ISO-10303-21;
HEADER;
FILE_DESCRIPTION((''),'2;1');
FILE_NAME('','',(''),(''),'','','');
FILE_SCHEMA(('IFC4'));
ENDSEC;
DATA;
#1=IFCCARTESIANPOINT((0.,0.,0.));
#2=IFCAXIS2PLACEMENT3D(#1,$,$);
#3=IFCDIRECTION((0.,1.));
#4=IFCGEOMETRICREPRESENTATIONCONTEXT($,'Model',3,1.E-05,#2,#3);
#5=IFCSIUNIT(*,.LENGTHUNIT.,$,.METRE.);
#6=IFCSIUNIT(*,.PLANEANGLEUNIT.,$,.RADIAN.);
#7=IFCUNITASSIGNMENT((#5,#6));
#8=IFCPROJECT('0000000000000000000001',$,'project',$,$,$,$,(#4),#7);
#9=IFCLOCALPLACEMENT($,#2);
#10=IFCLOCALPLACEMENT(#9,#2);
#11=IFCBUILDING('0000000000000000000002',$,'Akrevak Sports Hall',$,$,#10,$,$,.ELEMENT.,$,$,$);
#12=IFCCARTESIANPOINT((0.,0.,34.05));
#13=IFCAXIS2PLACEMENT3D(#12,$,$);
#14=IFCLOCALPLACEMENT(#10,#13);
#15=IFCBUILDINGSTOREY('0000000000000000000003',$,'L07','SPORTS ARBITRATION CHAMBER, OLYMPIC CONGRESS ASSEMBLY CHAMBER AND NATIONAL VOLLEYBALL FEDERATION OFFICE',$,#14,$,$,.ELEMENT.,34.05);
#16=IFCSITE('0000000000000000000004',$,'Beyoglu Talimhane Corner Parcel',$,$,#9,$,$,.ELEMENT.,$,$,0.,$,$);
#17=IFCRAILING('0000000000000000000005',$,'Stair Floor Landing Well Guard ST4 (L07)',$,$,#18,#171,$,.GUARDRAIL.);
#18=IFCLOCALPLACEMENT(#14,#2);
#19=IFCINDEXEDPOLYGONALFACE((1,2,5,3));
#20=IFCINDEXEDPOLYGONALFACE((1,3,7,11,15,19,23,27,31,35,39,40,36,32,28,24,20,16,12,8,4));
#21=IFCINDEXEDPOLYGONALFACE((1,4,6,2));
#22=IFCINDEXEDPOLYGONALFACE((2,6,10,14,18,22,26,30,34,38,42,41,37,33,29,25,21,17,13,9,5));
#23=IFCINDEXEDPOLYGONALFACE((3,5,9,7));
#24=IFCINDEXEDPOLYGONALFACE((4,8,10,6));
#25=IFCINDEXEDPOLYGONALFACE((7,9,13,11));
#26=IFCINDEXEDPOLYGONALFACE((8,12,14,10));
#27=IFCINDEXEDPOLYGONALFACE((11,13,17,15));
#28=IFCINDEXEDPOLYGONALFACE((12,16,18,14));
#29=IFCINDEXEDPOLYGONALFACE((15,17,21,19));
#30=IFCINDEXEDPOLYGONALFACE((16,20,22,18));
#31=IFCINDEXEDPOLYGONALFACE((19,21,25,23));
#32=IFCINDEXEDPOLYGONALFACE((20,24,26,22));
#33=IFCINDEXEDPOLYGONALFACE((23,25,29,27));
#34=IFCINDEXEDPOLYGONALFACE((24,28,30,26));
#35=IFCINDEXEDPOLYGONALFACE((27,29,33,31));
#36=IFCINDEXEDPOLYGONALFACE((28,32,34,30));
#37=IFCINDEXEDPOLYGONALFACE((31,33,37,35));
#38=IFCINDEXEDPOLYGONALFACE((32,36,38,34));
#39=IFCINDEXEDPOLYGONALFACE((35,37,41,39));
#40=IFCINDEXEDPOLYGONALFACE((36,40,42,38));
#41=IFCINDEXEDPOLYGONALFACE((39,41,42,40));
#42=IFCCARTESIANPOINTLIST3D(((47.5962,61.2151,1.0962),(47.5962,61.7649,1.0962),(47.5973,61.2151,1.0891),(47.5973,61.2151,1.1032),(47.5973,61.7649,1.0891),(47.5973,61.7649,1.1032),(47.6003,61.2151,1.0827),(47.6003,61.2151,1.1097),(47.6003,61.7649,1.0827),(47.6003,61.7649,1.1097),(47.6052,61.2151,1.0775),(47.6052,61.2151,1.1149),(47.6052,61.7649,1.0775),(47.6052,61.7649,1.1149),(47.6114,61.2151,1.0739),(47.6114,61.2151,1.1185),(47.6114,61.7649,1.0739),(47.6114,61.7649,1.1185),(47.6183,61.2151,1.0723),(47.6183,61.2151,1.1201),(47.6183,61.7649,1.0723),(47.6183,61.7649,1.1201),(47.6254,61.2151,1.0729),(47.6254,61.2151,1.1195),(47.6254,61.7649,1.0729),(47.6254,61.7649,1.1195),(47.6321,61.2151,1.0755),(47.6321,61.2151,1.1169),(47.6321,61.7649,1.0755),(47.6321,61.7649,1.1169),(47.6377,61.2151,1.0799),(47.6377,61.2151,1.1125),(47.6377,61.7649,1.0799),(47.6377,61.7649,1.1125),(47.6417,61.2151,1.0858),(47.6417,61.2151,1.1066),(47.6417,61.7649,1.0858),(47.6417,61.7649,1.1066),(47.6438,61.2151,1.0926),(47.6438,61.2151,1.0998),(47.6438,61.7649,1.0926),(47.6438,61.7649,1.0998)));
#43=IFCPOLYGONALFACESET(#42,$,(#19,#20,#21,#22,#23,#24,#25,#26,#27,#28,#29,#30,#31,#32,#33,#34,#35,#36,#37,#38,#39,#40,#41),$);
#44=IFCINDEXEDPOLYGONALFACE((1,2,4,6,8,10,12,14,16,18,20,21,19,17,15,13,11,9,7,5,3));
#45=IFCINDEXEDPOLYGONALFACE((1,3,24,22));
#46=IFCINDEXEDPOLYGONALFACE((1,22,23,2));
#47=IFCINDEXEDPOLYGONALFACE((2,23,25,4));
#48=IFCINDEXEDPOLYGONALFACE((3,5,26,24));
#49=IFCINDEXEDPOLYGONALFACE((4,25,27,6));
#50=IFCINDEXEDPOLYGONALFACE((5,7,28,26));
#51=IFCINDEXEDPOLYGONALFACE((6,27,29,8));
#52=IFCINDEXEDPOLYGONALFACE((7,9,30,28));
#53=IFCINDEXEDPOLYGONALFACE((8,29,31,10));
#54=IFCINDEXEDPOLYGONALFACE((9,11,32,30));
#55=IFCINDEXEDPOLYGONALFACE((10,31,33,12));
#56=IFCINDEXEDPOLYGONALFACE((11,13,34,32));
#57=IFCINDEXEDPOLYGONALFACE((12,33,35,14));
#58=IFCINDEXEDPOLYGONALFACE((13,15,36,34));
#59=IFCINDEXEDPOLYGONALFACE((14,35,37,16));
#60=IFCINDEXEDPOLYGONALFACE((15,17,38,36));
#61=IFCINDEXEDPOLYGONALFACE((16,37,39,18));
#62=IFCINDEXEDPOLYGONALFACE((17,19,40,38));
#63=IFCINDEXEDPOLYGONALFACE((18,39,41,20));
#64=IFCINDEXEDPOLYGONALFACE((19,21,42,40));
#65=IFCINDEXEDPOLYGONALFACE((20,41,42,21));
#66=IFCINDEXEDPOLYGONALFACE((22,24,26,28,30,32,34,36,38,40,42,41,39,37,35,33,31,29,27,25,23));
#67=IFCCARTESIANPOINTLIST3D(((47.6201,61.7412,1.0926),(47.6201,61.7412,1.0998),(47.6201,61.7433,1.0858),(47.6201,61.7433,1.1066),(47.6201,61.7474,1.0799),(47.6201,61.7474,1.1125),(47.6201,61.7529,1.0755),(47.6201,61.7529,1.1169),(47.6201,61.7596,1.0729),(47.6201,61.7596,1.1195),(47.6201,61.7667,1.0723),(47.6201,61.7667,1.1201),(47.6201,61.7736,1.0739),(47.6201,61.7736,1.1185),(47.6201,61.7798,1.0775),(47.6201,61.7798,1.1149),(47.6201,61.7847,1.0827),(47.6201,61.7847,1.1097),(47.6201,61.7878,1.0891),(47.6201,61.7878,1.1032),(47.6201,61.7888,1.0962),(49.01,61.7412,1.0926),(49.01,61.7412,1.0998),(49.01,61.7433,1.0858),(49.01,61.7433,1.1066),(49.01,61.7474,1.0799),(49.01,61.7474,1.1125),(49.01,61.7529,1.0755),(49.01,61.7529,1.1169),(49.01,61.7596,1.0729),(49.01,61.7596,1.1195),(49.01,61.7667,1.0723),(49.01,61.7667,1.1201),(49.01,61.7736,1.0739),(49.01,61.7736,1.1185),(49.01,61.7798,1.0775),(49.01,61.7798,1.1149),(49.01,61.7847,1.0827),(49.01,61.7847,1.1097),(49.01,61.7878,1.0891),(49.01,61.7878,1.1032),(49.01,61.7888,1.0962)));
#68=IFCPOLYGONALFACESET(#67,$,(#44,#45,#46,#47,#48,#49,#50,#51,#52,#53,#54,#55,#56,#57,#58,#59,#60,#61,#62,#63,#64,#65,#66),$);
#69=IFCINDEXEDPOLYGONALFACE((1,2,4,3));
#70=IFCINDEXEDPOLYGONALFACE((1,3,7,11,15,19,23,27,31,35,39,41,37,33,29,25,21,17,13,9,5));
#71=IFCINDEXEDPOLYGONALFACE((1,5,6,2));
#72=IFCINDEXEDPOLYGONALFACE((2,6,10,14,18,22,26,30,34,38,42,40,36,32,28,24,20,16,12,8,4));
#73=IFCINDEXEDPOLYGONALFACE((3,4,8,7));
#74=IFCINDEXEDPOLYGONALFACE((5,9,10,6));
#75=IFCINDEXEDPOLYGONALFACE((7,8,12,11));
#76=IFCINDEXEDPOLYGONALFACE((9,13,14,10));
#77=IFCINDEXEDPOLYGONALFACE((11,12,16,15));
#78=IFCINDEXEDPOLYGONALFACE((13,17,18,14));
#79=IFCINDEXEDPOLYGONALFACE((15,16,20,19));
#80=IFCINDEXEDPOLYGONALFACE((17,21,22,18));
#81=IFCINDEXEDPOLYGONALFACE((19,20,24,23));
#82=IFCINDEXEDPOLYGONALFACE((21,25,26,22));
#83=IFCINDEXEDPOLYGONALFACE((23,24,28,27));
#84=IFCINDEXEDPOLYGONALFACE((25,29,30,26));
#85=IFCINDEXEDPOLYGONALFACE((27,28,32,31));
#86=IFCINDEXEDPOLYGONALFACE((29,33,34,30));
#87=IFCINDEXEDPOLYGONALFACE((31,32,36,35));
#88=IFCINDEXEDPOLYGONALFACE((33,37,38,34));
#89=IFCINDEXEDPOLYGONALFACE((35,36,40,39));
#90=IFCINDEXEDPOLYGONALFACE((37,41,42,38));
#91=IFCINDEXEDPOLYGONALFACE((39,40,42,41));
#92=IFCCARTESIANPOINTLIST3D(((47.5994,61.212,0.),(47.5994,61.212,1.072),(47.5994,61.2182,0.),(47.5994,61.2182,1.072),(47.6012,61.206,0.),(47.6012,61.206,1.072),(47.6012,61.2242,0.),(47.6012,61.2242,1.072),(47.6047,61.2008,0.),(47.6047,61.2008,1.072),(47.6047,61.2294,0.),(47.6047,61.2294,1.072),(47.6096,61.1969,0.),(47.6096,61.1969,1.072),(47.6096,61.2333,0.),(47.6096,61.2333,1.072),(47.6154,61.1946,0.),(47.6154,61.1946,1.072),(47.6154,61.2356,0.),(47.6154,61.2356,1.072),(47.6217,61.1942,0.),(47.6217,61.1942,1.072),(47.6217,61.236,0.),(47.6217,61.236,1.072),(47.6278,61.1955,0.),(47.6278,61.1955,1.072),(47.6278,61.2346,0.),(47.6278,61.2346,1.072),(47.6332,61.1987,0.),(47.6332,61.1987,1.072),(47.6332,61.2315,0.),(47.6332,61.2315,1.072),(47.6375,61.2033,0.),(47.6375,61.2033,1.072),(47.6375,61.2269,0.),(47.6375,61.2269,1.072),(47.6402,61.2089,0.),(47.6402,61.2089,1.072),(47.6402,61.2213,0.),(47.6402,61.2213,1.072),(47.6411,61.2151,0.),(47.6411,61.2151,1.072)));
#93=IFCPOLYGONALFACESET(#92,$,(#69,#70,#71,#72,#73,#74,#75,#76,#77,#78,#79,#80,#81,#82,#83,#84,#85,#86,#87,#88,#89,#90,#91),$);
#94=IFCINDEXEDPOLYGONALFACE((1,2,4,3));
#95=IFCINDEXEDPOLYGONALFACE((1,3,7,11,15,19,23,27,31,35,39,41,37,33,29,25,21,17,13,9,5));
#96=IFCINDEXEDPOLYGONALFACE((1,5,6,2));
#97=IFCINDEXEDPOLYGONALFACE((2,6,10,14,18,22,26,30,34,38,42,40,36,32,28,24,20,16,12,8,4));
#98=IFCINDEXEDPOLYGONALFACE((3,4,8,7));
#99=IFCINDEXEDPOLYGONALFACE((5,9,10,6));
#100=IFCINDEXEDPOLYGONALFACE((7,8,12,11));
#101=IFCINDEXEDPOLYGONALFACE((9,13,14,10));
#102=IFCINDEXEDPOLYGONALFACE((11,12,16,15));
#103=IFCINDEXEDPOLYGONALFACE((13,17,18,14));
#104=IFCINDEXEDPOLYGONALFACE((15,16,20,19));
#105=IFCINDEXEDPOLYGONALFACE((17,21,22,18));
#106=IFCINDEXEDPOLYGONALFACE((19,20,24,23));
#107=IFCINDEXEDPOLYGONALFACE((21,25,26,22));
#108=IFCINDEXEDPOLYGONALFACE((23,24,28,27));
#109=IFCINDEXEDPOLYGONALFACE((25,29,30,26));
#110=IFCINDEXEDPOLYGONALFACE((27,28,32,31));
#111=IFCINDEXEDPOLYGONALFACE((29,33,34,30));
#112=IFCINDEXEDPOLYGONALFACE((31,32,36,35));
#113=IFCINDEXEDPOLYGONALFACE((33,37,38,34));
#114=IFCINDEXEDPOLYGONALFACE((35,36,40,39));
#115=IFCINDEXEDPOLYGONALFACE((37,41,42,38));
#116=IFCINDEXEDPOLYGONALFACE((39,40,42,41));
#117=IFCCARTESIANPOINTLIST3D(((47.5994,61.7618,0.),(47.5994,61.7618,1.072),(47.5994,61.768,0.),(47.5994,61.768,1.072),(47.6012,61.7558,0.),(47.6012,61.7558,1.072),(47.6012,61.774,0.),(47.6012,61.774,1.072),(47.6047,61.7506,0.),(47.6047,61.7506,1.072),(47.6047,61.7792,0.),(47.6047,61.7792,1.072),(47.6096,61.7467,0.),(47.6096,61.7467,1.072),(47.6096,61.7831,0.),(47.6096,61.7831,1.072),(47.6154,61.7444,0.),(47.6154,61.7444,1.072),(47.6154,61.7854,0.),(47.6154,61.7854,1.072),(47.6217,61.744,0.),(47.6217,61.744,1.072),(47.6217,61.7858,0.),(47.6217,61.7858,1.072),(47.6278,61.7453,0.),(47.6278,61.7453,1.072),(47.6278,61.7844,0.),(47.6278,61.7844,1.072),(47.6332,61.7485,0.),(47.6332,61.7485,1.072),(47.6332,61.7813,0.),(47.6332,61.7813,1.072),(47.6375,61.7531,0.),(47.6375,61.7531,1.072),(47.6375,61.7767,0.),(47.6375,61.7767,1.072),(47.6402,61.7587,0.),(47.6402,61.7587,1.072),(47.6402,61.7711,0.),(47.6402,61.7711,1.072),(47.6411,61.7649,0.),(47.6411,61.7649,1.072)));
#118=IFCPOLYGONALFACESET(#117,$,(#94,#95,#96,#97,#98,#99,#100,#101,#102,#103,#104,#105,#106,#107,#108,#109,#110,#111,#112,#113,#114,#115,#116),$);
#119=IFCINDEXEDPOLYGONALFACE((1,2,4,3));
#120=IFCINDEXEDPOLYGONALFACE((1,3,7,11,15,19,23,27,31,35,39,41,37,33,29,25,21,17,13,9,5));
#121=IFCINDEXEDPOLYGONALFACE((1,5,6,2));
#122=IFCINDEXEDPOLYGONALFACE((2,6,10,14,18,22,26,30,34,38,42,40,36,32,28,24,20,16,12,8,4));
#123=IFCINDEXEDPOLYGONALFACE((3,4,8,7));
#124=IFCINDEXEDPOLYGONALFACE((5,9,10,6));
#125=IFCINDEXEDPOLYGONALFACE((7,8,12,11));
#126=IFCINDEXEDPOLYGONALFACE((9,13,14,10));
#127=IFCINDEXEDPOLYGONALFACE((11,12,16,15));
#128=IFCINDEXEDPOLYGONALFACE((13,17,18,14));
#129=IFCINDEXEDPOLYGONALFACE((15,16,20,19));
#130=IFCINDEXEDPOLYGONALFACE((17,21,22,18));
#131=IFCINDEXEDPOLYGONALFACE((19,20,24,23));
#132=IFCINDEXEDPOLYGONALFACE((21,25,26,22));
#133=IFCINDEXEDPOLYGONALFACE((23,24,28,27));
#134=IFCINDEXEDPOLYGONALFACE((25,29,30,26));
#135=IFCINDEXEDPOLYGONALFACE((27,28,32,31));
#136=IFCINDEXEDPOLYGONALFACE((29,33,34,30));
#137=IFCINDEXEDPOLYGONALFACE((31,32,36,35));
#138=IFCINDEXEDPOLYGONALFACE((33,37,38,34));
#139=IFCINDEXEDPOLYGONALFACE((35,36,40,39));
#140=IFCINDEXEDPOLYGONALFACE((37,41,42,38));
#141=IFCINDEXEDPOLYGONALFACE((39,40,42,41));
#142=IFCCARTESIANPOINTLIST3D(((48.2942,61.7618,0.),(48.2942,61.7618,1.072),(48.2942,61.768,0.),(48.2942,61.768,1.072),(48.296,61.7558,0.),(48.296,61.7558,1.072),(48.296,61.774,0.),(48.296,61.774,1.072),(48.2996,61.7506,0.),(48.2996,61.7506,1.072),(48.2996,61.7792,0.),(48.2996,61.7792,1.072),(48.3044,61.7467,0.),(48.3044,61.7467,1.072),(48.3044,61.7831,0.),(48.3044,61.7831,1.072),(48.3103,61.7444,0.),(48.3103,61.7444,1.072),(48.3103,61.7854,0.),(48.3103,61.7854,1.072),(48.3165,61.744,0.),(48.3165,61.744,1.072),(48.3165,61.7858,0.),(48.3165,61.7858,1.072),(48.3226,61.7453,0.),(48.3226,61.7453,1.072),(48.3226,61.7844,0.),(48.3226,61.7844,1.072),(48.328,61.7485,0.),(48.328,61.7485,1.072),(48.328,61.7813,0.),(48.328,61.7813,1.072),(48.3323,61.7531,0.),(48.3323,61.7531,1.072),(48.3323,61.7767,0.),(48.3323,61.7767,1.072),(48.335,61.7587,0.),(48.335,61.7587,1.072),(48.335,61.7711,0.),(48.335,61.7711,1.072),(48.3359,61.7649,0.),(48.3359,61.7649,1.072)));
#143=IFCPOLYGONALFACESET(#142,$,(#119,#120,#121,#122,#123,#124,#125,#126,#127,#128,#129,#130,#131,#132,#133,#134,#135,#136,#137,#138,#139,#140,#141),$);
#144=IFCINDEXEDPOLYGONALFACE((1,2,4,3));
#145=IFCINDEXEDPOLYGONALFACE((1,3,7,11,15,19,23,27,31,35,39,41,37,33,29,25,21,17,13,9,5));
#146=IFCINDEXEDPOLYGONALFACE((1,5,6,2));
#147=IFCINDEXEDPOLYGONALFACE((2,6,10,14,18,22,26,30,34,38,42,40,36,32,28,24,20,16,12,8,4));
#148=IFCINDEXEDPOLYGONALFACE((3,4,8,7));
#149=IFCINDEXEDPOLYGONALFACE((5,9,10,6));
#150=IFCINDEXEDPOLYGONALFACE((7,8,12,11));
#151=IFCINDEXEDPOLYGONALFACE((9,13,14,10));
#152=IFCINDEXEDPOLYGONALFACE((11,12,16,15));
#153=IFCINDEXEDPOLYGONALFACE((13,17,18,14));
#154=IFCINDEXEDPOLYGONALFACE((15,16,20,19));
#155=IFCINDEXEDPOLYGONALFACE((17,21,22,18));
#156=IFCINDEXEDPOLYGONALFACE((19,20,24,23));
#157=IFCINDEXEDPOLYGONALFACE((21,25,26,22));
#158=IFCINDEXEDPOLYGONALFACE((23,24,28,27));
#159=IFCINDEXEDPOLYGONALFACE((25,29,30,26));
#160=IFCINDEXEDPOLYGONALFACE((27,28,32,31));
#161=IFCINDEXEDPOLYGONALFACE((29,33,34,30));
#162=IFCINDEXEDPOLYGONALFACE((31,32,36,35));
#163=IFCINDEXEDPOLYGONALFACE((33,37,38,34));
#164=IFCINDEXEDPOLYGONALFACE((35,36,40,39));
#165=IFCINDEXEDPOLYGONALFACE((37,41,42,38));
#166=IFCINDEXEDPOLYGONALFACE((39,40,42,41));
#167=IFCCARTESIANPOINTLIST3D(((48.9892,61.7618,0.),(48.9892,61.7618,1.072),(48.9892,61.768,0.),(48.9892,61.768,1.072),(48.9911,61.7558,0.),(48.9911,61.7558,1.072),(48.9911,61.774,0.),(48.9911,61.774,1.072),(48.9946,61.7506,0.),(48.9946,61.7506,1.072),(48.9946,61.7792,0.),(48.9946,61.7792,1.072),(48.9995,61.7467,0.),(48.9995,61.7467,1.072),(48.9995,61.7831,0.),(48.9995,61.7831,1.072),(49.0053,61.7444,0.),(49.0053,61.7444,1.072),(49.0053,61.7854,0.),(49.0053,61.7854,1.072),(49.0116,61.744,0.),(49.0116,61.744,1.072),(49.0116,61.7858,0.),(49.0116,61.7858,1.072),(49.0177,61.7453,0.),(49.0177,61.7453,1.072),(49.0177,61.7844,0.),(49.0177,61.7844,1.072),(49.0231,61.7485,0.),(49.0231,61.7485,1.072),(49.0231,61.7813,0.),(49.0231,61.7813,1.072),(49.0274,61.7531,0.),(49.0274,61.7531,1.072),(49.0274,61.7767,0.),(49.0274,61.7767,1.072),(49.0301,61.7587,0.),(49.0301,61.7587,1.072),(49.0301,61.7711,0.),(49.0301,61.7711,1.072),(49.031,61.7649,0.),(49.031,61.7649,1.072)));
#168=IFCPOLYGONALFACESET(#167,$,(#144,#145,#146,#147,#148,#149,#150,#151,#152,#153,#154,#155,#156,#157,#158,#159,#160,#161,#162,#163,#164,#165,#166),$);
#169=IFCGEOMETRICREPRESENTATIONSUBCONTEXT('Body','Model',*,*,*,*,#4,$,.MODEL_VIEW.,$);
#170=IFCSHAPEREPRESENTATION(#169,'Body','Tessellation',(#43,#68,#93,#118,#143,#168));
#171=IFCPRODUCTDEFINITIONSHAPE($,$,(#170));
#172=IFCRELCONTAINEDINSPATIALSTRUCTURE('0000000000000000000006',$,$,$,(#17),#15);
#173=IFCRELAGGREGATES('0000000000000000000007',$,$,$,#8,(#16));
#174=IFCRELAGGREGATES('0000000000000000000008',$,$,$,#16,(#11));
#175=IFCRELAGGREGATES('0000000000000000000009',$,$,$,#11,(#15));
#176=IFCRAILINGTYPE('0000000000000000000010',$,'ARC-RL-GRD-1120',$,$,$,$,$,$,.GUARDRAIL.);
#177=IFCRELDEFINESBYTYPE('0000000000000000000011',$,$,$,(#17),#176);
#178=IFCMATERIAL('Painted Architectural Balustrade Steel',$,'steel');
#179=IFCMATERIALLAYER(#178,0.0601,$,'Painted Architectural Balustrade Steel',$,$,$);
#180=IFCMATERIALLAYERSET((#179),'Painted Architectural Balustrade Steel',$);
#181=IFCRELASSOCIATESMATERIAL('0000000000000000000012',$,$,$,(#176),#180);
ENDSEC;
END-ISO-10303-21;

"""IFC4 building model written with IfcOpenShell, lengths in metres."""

from ifc_helpers import new_model, si_unit, direction, frame, origin, origin_2d, place, context, subcontext, project, spatial, circle, extrude, material, layer, layer_set, type_object, element, save


model = new_model("IFC4")

# Units and contexts
model_context = context("Model", 3, precision=1e-05, world=origin(), true_north=direction((0.0, 1.0)))
body_context = subcontext(model_context, "Body", "Model", "MODEL_VIEW")
ifc_project = project(units=[si_unit("LENGTHUNIT", "METRE"), si_unit("PLANEANGLEUNIT", "RADIAN")], contexts=[model_context])

# Site, building, storey
site_placement = place(None, origin())
site = spatial("IfcSite", under=ifc_project, at=site_placement, Name="Beyoglu Talimhane Corner Parcel", CompositionType="ELEMENT", RefElevation=0.0)
building_placement = place(site_placement, origin())
building = spatial("IfcBuilding", under=site, at=building_placement, Name="Akrevak Sports Hall", CompositionType="ELEMENT")
storey_placement = place(building_placement, frame((0.0, 0.0, 34.05)))
storey = spatial("IfcBuildingStorey", under=building, at=storey_placement, Name="L07", Description="SPORTS ARBITRATION CHAMBER, OLYMPIC CONGRESS ASSEMBLY CHAMBER AND NATIONAL VOLLEYBALL FEDERATION OFFICE", CompositionType="ELEMENT", Elevation=34.05)

# Railing
ifc_material_1 = material(Name="Painted Architectural Balustrade Steel", Category="steel")
ifc_layer_1 = layer(ifc_material_1, 0.0601, Name="Painted Architectural Balustrade Steel")
ifc_layer_set_1 = layer_set([ifc_layer_1], Name="Painted Architectural Balustrade Steel")
railing_type_1 = type_object("IfcRailingType", Name="ARC-RL-GRD-1120", PredefinedType="GUARDRAIL", material=ifc_layer_set_1)
railing_1_placement = place(storey_placement, frame((47.6201, 61.2151, 0.0)))
element("IfcRailing", 1, at=railing_1_placement, inside=storey, type_object=railing_type_1, Name="Stair Floor Landing Well Guard ST4 (L07)", PredefinedType="GUARDRAIL", context=body_context, shape_type="SweptSolid", body=[
    extrude(circle(Radius=0.0239, at=origin_2d()), frame((0.0, 0.0, 1.0962), z_axis=(0.0, 1.0, 0.0), x_axis=(-1.0, 0.0, 0.0)), (0.0, 0.0, 1.0), 0.5498),
    extrude(circle(Radius=0.0239, at=origin_2d()), frame((0.0, 0.5498, 1.0962), z_axis=(1.0, 0.0, 0.0), x_axis=(0.0, 1.0, 0.0)), (0.0, 0.0, 1.0), 1.3899),
    extrude(circle(Radius=0.021, at=origin_2d()), origin(), (0.0, 0.0, 1.0), 1.072),
    extrude(circle(Radius=0.021, at=origin_2d()), frame((0.0, 0.5498, 0.0)), (0.0, 0.0, 1.0), 1.072),
    extrude(circle(Radius=0.021, at=origin_2d()), frame((0.6948, 0.5498, 0.0)), (0.0, 0.0, 1.0), 1.072),
    extrude(circle(Radius=0.021, at=origin_2d()), frame((1.3899, 0.5498, 0.0)), (0.0, 0.0, 1.0), 1.072),
])

save(model, "model.ifc")
